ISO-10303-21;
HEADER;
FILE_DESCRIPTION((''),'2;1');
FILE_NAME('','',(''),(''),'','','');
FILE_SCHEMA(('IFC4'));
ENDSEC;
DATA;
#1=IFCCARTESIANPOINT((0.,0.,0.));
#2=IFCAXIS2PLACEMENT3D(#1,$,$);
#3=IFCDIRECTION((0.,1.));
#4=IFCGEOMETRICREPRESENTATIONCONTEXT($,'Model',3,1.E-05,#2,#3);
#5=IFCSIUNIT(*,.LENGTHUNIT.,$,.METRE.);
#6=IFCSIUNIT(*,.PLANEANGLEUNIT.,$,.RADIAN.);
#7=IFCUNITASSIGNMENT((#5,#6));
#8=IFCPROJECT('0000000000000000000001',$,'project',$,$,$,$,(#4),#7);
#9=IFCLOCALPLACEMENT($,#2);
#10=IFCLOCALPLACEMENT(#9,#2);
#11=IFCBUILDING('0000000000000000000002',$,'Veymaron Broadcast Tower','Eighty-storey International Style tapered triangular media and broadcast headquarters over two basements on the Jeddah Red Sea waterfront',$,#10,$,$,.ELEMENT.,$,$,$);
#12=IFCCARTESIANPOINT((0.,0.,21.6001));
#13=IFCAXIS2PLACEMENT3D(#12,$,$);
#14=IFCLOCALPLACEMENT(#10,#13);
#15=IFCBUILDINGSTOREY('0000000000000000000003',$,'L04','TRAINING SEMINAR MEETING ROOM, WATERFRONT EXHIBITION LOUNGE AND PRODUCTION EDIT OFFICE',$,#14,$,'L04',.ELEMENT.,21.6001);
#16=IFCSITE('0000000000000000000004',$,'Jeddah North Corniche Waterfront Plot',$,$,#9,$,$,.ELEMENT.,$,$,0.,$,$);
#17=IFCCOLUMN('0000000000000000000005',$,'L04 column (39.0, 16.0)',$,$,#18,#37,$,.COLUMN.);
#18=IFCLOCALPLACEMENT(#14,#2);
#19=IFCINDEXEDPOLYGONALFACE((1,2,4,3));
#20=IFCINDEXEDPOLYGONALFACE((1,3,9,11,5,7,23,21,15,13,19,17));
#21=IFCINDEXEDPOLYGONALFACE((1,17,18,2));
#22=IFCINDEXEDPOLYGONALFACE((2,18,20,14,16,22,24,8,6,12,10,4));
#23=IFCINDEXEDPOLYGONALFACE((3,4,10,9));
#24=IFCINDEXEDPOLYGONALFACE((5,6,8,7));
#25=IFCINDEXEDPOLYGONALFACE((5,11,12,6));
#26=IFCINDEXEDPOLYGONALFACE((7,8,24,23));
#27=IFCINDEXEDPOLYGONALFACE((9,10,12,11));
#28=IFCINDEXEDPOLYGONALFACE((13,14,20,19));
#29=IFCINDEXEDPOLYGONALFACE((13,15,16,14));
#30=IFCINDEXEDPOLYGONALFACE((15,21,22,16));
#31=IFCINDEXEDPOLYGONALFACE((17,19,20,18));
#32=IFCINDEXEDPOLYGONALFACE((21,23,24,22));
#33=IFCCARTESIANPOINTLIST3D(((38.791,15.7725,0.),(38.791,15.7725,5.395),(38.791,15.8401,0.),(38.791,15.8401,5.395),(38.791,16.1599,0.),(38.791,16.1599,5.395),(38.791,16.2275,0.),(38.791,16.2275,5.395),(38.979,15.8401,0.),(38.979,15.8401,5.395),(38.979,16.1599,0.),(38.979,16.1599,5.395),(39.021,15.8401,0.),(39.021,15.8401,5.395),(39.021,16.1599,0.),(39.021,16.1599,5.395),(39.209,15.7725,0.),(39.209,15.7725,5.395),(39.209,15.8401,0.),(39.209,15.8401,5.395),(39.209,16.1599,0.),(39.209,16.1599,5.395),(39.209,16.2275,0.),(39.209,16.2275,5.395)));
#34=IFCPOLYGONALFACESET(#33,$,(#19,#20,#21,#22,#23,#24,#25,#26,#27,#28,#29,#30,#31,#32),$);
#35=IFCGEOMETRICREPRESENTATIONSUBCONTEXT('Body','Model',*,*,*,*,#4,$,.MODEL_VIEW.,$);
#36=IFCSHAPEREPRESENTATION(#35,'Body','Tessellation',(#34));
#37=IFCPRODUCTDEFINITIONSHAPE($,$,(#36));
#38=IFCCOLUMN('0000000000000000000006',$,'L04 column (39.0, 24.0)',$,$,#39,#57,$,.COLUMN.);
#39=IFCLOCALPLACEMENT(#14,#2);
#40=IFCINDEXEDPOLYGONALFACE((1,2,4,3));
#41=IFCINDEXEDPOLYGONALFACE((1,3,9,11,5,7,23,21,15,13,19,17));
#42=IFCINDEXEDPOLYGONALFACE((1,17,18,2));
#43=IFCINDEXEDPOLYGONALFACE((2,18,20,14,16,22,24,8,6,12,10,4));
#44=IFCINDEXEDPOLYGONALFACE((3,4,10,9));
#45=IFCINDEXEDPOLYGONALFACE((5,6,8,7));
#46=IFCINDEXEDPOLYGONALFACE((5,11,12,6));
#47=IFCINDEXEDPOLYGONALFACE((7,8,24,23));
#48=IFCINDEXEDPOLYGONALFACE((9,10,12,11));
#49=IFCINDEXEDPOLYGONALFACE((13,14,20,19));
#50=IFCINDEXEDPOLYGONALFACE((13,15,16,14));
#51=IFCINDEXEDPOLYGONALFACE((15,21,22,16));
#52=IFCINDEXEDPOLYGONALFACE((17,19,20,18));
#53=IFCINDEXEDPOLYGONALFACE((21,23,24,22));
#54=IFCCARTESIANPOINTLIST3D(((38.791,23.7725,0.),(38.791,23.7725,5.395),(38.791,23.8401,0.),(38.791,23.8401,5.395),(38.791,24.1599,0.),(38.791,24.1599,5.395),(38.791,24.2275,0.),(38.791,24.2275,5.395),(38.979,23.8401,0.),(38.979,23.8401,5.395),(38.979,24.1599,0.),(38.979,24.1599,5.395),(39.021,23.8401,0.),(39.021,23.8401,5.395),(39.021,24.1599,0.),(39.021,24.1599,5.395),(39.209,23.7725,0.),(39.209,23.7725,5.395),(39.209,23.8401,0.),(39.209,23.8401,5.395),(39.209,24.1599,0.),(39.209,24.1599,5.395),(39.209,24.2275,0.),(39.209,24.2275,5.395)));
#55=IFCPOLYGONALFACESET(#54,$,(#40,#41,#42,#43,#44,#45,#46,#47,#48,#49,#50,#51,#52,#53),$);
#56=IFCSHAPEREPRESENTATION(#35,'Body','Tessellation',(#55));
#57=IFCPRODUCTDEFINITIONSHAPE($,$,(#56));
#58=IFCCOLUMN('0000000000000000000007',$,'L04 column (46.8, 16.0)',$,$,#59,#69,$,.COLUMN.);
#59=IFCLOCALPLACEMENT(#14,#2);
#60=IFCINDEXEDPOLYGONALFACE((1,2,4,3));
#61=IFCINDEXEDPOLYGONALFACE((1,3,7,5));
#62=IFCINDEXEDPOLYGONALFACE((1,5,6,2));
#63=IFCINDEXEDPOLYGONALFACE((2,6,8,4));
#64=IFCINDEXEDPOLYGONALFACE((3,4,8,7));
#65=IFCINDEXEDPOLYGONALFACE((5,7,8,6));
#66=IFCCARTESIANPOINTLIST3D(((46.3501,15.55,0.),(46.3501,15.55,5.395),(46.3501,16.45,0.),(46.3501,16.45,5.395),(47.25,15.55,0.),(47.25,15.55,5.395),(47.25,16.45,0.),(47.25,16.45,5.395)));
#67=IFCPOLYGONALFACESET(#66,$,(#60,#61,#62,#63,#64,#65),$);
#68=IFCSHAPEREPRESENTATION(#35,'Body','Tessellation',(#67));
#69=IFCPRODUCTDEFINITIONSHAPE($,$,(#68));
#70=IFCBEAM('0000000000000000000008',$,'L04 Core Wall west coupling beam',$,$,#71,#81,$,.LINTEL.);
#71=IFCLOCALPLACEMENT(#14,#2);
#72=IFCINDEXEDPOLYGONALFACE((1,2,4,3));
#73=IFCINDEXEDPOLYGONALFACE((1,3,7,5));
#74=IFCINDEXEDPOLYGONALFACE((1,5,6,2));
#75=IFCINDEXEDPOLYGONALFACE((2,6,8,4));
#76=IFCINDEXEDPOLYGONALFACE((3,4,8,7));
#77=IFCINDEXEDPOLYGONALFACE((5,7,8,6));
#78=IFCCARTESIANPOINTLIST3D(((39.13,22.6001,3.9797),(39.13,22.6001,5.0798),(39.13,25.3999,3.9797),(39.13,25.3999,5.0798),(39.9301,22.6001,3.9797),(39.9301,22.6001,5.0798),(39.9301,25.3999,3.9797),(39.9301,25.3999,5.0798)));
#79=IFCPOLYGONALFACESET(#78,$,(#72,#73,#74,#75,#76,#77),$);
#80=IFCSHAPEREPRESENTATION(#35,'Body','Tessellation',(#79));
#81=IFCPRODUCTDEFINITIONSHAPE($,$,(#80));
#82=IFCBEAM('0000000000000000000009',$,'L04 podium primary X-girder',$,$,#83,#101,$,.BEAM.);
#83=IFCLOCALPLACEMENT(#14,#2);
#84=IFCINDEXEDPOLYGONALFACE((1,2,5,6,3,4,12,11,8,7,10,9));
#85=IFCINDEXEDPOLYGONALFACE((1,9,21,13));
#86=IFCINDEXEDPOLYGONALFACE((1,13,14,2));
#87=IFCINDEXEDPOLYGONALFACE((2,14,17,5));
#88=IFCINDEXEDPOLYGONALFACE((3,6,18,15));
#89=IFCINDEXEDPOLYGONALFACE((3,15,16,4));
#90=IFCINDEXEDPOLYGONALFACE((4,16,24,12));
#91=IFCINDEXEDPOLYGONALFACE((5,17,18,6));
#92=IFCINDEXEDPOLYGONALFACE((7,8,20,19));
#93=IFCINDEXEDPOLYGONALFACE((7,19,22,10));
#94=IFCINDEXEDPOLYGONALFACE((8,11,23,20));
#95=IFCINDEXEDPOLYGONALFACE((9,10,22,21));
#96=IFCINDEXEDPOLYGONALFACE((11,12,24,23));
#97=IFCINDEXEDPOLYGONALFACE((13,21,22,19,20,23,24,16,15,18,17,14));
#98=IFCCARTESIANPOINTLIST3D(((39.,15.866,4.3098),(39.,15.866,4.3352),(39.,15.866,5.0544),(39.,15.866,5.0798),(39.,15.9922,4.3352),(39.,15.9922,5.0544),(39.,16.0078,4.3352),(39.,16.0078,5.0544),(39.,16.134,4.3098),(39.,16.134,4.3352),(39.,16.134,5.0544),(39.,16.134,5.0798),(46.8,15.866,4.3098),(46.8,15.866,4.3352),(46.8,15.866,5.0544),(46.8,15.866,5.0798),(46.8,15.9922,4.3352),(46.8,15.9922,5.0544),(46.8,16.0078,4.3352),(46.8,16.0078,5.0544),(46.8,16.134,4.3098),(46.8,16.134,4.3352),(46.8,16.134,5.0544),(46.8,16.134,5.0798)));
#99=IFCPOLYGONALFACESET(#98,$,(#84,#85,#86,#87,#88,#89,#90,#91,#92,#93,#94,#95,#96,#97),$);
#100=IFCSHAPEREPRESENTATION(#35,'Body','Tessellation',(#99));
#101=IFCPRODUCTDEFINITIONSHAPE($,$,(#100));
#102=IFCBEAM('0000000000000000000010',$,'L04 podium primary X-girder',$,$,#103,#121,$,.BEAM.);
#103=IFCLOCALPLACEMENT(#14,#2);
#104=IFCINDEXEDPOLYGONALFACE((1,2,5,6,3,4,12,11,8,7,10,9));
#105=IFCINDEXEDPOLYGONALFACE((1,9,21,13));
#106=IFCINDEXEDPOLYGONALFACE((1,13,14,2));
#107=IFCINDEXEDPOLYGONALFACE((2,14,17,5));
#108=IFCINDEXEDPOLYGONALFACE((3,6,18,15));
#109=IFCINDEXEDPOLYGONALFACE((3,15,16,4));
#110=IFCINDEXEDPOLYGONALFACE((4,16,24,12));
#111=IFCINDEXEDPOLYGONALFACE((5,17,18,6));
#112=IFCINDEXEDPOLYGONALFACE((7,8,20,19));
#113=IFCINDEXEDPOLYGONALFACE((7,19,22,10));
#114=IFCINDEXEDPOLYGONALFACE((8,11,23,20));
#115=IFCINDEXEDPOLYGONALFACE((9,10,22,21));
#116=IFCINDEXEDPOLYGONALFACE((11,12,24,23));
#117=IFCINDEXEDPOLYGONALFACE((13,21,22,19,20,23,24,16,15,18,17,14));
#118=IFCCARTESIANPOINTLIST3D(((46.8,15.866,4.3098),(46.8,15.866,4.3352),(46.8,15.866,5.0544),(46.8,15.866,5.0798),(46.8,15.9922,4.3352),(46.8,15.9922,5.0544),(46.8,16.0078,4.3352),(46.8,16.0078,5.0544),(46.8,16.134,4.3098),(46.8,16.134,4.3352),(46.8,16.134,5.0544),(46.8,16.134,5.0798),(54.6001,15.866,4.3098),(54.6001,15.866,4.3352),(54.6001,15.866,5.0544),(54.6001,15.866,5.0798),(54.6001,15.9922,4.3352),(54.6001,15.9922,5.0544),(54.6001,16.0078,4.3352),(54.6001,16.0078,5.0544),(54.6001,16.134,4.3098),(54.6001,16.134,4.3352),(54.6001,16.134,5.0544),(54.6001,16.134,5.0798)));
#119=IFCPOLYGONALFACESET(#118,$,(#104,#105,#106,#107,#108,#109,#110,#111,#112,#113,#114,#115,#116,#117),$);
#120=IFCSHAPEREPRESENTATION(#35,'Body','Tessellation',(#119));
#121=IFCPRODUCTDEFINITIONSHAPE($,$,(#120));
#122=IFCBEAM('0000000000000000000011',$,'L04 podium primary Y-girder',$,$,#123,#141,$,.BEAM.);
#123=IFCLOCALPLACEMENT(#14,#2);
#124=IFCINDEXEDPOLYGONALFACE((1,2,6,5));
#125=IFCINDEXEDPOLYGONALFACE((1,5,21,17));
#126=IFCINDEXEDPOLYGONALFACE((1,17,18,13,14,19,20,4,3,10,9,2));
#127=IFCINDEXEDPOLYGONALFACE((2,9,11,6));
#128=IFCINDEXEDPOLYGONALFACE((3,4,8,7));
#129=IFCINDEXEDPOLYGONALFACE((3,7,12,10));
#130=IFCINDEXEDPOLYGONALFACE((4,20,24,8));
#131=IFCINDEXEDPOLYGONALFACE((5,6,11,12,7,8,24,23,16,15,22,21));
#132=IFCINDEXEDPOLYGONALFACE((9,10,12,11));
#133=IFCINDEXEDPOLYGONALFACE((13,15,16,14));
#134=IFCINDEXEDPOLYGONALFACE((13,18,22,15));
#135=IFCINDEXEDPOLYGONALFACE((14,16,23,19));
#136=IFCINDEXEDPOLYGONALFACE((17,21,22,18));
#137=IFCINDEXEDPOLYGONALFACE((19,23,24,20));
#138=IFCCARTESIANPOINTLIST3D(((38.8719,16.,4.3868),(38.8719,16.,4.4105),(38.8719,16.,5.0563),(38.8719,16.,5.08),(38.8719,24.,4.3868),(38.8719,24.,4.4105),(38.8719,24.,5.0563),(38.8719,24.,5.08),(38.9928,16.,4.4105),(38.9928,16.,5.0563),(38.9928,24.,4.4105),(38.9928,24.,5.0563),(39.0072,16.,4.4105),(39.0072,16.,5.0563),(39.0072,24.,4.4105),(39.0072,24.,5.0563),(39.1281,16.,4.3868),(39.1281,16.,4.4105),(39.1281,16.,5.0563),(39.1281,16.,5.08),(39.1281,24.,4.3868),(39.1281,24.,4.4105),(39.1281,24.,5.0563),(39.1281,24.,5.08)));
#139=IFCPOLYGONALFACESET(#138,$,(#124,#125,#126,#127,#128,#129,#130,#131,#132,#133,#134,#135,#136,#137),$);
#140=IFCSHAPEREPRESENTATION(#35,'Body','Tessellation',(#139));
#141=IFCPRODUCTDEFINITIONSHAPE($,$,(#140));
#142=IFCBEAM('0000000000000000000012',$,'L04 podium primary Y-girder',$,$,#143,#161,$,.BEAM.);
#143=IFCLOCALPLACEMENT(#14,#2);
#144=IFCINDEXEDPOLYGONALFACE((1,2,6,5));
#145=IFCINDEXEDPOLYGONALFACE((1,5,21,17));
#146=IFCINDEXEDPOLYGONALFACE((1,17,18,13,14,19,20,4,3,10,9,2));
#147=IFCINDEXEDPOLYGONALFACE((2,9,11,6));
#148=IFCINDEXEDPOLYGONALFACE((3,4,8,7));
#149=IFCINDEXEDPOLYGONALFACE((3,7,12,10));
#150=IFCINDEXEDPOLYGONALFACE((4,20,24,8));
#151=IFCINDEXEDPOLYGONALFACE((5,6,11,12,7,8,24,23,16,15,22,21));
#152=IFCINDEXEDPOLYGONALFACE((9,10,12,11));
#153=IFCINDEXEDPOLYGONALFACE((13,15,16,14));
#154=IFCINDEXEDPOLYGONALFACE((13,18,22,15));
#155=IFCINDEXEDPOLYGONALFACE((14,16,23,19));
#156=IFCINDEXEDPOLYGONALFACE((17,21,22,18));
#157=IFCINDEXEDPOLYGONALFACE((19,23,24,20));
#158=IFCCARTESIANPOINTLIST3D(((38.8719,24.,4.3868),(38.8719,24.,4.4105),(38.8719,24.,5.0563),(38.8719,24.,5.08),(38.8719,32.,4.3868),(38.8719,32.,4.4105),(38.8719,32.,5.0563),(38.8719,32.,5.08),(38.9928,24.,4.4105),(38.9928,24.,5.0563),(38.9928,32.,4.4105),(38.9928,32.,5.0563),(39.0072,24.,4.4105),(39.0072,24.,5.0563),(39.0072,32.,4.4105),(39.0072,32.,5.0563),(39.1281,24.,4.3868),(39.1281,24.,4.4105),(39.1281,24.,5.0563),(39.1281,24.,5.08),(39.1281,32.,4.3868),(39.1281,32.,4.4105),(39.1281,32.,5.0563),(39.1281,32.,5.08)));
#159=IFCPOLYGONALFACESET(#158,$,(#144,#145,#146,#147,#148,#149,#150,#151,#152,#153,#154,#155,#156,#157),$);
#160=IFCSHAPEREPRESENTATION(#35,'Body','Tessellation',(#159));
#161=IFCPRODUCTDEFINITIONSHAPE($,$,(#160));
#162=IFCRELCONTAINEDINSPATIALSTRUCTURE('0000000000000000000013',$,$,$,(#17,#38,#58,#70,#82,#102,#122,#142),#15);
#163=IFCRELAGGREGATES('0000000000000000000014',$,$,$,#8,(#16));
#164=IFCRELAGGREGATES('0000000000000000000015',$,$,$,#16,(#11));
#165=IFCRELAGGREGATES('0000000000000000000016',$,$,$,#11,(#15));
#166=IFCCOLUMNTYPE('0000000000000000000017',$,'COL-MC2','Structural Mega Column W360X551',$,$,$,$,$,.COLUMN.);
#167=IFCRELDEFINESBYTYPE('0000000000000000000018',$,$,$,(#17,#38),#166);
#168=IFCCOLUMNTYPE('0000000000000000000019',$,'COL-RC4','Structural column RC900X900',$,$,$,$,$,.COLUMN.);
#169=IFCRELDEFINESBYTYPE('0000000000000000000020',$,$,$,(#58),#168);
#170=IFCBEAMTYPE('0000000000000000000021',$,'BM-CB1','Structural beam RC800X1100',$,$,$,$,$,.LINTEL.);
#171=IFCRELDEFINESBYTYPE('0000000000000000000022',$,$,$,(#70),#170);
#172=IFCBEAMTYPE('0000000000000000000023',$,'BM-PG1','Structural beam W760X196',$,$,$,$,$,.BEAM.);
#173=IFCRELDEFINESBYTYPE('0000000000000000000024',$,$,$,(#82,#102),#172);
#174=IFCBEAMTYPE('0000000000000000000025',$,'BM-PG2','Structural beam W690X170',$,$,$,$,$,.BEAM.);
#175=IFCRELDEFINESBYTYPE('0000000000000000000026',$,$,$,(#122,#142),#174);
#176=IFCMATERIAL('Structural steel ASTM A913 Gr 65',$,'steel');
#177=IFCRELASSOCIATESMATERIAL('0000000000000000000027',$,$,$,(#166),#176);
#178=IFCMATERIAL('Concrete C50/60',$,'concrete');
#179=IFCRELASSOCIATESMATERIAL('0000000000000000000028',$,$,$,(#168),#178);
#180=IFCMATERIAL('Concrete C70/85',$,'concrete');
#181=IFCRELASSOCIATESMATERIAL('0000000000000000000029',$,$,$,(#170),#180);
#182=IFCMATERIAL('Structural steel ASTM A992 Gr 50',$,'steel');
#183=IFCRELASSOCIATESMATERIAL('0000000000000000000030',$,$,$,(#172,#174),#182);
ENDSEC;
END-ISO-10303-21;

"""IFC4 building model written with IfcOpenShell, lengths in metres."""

from ifc_helpers import new_model, si_unit, direction, frame, origin, origin_2d, place, context, subcontext, project, spatial, rectangle, i_section, extrude, material, material_profile, profile_set, type_object, element, save


model = new_model("IFC4")

# Units and contexts
model_context = context("Model", 3, precision=1e-05, world=origin(), true_north=direction((0.0, 1.0)))
body_context = subcontext(model_context, "Body", "Model", "MODEL_VIEW")
ifc_project = project(units=[si_unit("LENGTHUNIT", "METRE"), si_unit("PLANEANGLEUNIT", "RADIAN")], contexts=[model_context])

# Site, building, storey
site_placement = place(None, origin())
site = spatial("IfcSite", under=ifc_project, at=site_placement, Name="Jeddah North Corniche Waterfront Plot", CompositionType="ELEMENT", RefElevation=0.0)
building_placement = place(site_placement, origin())
building = spatial("IfcBuilding", under=site, at=building_placement, Name="Veymaron Broadcast Tower", Description="Eighty-storey International Style tapered triangular media and broadcast headquarters over two basements on the Jeddah Red Sea waterfront", CompositionType="ELEMENT")
storey_placement = place(building_placement, frame((0.0, 0.0, 21.6001)))
storey = spatial("IfcBuildingStorey", under=building, at=storey_placement, Name="L04", Description="TRAINING SEMINAR MEETING ROOM, WATERFRONT EXHIBITION LOUNGE AND PRODUCTION EDIT OFFICE", LongName="L04", CompositionType="ELEMENT", Elevation=21.6001)

# Columns
ifc_material_1 = material(Name="Structural steel ASTM A913 Gr 65", Category="steel")
ifc_material_profile_1 = material_profile(ifc_material_1, i_section(OverallWidth=0.418, OverallDepth=0.4551, WebThickness=0.042, FlangeThickness=0.0676, at=origin_2d()), Name="W360X551")
ifc_profile_set_1 = profile_set([ifc_material_profile_1], Name="Structural steel ASTM A913 Gr 65")
column_type_1 = type_object("IfcColumnType", Name="COL-MC2", Description="Structural Mega Column W360X551", PredefinedType="COLUMN", material=ifc_profile_set_1)
for number, where, z_axis, x_axis, name in (
    (1, (39.0, 16.0, 0.0), (0.0, 0.0, 1.0), (1.0, 0.0, 0.0), "L04 column (39.0, 16.0)"),
    (2, (39.0, 24.0, 0.0), (0.0, 0.0, 1.0), (1.0, 0.0, 0.0), "L04 column (39.0, 24.0)"),
):
    element("IfcColumn", number, at=place(storey_placement, frame(where, z_axis=z_axis, x_axis=x_axis)), inside=storey, type_object=column_type_1, Name=name, PredefinedType="COLUMN", context=body_context, shape_type="SweptSolid", body=[
        extrude(i_section(OverallWidth=0.418, OverallDepth=0.4551, WebThickness=0.042, FlangeThickness=0.0676, at=origin_2d()), origin(), (0.0, 0.0, 1.0), 5.395),
    ])
ifc_material_2 = material(Name="Concrete C50/60", Category="concrete")
ifc_material_profile_2 = material_profile(ifc_material_2, rectangle(XDim=0.8999, YDim=0.8999, at=origin_2d()), Name="RC900X900")
ifc_profile_set_2 = profile_set([ifc_material_profile_2], Name="Concrete C50/60")
column_type_2 = type_object("IfcColumnType", Name="COL-RC4", Description="Structural column RC900X900", PredefinedType="COLUMN", material=ifc_profile_set_2)
column_placement = place(storey_placement, frame((46.8, 16.0, 0.0), z_axis=(0.0, 0.0, 1.0), x_axis=(1.0, 0.0, 0.0)))
element("IfcColumn", 3, at=column_placement, inside=storey, type_object=column_type_2, Name="L04 column (46.8, 16.0)", PredefinedType="COLUMN", context=body_context, shape_type="SweptSolid", body=[
    extrude(rectangle(XDim=0.8999, YDim=0.8999, at=origin_2d()), origin(), (0.0, 0.0, 1.0), 5.395),
])

# Beams
ifc_material_3 = material(Name="Concrete C70/85", Category="concrete")
ifc_material_profile_3 = material_profile(ifc_material_3, rectangle(XDim=0.8, YDim=1.1001, at=origin_2d()), Name="RC800X1100")
ifc_profile_set_3 = profile_set([ifc_material_profile_3], Name="Concrete C70/85")
beam_type_1 = type_object("IfcBeamType", Name="BM-CB1", Description="Structural beam RC800X1100", PredefinedType="LINTEL", material=ifc_profile_set_3)
beam_placement = place(storey_placement, frame((39.53, 22.6001, 4.5298), z_axis=(0.0, 1.0, 0.0), x_axis=(-1.0, 0.0, 0.0)))
element("IfcBeam", 4, at=beam_placement, inside=storey, type_object=beam_type_1, Name="L04 Core Wall west coupling beam", PredefinedType="LINTEL", context=body_context, shape_type="SweptSolid", body=[
    extrude(rectangle(XDim=0.8, YDim=1.1001, at=origin_2d()), origin(), (0.0, 0.0, 1.0), 2.7998),
])
ifc_material_4 = material(Name="Structural steel ASTM A992 Gr 50", Category="steel")
ifc_material_profile_4 = material_profile(ifc_material_4, i_section(OverallWidth=0.2681, OverallDepth=0.77, WebThickness=0.0156, FlangeThickness=0.0254, at=origin_2d()), Name="W760X196")
ifc_profile_set_4 = profile_set([ifc_material_profile_4], Name="Structural steel ASTM A992 Gr 50")
beam_type_2 = type_object("IfcBeamType", Name="BM-PG1", Description="Structural beam W760X196", PredefinedType="BEAM", material=ifc_profile_set_4)
for number, where, z_axis, x_axis, name in (
    (5, (39.0, 16.0, 4.6948), (1.0, 0.0, 0.0), (0.0, 1.0, 0.0), "L04 podium primary X-girder"),
    (6, (46.8, 16.0, 4.6948), (1.0, 0.0, 0.0), (0.0, 1.0, 0.0), "L04 podium primary X-girder"),
):
    element("IfcBeam", number, at=place(storey_placement, frame(where, z_axis=z_axis, x_axis=x_axis)), inside=storey, type_object=beam_type_2, Name=name, PredefinedType="BEAM", context=body_context, shape_type="SweptSolid", body=[
        extrude(i_section(OverallWidth=0.2681, OverallDepth=0.77, WebThickness=0.0156, FlangeThickness=0.0254, at=origin_2d()), origin(), (0.0, 0.0, 1.0), 7.8),
    ])
ifc_material_profile_5 = material_profile(ifc_material_4, i_section(OverallWidth=0.2561, OverallDepth=0.6931, WebThickness=0.0144, FlangeThickness=0.0237, at=origin_2d()), Name="W690X170")
ifc_profile_set_5 = profile_set([ifc_material_profile_5], Name="Structural steel ASTM A992 Gr 50")
beam_type_3 = type_object("IfcBeamType", Name="BM-PG2", Description="Structural beam W690X170", PredefinedType="BEAM", material=ifc_profile_set_5)
for number, where, z_axis, x_axis, name in (
    (7, (39.0, 16.0, 4.7334), (0.0, 1.0, 0.0), (-1.0, 0.0, 0.0), "L04 podium primary Y-girder"),
    (8, (39.0, 24.0, 4.7334), (0.0, 1.0, 0.0), (-1.0, 0.0, 0.0), "L04 podium primary Y-girder"),
):
    element("IfcBeam", number, at=place(storey_placement, frame(where, z_axis=z_axis, x_axis=x_axis)), inside=storey, type_object=beam_type_3, Name=name, PredefinedType="BEAM", context=body_context, shape_type="SweptSolid", body=[
        extrude(i_section(OverallWidth=0.2561, OverallDepth=0.6931, WebThickness=0.0144, FlangeThickness=0.0237, at=origin_2d()), origin(), (0.0, 0.0, 1.0), 8.0),
    ])

save(model, "model.ifc")
